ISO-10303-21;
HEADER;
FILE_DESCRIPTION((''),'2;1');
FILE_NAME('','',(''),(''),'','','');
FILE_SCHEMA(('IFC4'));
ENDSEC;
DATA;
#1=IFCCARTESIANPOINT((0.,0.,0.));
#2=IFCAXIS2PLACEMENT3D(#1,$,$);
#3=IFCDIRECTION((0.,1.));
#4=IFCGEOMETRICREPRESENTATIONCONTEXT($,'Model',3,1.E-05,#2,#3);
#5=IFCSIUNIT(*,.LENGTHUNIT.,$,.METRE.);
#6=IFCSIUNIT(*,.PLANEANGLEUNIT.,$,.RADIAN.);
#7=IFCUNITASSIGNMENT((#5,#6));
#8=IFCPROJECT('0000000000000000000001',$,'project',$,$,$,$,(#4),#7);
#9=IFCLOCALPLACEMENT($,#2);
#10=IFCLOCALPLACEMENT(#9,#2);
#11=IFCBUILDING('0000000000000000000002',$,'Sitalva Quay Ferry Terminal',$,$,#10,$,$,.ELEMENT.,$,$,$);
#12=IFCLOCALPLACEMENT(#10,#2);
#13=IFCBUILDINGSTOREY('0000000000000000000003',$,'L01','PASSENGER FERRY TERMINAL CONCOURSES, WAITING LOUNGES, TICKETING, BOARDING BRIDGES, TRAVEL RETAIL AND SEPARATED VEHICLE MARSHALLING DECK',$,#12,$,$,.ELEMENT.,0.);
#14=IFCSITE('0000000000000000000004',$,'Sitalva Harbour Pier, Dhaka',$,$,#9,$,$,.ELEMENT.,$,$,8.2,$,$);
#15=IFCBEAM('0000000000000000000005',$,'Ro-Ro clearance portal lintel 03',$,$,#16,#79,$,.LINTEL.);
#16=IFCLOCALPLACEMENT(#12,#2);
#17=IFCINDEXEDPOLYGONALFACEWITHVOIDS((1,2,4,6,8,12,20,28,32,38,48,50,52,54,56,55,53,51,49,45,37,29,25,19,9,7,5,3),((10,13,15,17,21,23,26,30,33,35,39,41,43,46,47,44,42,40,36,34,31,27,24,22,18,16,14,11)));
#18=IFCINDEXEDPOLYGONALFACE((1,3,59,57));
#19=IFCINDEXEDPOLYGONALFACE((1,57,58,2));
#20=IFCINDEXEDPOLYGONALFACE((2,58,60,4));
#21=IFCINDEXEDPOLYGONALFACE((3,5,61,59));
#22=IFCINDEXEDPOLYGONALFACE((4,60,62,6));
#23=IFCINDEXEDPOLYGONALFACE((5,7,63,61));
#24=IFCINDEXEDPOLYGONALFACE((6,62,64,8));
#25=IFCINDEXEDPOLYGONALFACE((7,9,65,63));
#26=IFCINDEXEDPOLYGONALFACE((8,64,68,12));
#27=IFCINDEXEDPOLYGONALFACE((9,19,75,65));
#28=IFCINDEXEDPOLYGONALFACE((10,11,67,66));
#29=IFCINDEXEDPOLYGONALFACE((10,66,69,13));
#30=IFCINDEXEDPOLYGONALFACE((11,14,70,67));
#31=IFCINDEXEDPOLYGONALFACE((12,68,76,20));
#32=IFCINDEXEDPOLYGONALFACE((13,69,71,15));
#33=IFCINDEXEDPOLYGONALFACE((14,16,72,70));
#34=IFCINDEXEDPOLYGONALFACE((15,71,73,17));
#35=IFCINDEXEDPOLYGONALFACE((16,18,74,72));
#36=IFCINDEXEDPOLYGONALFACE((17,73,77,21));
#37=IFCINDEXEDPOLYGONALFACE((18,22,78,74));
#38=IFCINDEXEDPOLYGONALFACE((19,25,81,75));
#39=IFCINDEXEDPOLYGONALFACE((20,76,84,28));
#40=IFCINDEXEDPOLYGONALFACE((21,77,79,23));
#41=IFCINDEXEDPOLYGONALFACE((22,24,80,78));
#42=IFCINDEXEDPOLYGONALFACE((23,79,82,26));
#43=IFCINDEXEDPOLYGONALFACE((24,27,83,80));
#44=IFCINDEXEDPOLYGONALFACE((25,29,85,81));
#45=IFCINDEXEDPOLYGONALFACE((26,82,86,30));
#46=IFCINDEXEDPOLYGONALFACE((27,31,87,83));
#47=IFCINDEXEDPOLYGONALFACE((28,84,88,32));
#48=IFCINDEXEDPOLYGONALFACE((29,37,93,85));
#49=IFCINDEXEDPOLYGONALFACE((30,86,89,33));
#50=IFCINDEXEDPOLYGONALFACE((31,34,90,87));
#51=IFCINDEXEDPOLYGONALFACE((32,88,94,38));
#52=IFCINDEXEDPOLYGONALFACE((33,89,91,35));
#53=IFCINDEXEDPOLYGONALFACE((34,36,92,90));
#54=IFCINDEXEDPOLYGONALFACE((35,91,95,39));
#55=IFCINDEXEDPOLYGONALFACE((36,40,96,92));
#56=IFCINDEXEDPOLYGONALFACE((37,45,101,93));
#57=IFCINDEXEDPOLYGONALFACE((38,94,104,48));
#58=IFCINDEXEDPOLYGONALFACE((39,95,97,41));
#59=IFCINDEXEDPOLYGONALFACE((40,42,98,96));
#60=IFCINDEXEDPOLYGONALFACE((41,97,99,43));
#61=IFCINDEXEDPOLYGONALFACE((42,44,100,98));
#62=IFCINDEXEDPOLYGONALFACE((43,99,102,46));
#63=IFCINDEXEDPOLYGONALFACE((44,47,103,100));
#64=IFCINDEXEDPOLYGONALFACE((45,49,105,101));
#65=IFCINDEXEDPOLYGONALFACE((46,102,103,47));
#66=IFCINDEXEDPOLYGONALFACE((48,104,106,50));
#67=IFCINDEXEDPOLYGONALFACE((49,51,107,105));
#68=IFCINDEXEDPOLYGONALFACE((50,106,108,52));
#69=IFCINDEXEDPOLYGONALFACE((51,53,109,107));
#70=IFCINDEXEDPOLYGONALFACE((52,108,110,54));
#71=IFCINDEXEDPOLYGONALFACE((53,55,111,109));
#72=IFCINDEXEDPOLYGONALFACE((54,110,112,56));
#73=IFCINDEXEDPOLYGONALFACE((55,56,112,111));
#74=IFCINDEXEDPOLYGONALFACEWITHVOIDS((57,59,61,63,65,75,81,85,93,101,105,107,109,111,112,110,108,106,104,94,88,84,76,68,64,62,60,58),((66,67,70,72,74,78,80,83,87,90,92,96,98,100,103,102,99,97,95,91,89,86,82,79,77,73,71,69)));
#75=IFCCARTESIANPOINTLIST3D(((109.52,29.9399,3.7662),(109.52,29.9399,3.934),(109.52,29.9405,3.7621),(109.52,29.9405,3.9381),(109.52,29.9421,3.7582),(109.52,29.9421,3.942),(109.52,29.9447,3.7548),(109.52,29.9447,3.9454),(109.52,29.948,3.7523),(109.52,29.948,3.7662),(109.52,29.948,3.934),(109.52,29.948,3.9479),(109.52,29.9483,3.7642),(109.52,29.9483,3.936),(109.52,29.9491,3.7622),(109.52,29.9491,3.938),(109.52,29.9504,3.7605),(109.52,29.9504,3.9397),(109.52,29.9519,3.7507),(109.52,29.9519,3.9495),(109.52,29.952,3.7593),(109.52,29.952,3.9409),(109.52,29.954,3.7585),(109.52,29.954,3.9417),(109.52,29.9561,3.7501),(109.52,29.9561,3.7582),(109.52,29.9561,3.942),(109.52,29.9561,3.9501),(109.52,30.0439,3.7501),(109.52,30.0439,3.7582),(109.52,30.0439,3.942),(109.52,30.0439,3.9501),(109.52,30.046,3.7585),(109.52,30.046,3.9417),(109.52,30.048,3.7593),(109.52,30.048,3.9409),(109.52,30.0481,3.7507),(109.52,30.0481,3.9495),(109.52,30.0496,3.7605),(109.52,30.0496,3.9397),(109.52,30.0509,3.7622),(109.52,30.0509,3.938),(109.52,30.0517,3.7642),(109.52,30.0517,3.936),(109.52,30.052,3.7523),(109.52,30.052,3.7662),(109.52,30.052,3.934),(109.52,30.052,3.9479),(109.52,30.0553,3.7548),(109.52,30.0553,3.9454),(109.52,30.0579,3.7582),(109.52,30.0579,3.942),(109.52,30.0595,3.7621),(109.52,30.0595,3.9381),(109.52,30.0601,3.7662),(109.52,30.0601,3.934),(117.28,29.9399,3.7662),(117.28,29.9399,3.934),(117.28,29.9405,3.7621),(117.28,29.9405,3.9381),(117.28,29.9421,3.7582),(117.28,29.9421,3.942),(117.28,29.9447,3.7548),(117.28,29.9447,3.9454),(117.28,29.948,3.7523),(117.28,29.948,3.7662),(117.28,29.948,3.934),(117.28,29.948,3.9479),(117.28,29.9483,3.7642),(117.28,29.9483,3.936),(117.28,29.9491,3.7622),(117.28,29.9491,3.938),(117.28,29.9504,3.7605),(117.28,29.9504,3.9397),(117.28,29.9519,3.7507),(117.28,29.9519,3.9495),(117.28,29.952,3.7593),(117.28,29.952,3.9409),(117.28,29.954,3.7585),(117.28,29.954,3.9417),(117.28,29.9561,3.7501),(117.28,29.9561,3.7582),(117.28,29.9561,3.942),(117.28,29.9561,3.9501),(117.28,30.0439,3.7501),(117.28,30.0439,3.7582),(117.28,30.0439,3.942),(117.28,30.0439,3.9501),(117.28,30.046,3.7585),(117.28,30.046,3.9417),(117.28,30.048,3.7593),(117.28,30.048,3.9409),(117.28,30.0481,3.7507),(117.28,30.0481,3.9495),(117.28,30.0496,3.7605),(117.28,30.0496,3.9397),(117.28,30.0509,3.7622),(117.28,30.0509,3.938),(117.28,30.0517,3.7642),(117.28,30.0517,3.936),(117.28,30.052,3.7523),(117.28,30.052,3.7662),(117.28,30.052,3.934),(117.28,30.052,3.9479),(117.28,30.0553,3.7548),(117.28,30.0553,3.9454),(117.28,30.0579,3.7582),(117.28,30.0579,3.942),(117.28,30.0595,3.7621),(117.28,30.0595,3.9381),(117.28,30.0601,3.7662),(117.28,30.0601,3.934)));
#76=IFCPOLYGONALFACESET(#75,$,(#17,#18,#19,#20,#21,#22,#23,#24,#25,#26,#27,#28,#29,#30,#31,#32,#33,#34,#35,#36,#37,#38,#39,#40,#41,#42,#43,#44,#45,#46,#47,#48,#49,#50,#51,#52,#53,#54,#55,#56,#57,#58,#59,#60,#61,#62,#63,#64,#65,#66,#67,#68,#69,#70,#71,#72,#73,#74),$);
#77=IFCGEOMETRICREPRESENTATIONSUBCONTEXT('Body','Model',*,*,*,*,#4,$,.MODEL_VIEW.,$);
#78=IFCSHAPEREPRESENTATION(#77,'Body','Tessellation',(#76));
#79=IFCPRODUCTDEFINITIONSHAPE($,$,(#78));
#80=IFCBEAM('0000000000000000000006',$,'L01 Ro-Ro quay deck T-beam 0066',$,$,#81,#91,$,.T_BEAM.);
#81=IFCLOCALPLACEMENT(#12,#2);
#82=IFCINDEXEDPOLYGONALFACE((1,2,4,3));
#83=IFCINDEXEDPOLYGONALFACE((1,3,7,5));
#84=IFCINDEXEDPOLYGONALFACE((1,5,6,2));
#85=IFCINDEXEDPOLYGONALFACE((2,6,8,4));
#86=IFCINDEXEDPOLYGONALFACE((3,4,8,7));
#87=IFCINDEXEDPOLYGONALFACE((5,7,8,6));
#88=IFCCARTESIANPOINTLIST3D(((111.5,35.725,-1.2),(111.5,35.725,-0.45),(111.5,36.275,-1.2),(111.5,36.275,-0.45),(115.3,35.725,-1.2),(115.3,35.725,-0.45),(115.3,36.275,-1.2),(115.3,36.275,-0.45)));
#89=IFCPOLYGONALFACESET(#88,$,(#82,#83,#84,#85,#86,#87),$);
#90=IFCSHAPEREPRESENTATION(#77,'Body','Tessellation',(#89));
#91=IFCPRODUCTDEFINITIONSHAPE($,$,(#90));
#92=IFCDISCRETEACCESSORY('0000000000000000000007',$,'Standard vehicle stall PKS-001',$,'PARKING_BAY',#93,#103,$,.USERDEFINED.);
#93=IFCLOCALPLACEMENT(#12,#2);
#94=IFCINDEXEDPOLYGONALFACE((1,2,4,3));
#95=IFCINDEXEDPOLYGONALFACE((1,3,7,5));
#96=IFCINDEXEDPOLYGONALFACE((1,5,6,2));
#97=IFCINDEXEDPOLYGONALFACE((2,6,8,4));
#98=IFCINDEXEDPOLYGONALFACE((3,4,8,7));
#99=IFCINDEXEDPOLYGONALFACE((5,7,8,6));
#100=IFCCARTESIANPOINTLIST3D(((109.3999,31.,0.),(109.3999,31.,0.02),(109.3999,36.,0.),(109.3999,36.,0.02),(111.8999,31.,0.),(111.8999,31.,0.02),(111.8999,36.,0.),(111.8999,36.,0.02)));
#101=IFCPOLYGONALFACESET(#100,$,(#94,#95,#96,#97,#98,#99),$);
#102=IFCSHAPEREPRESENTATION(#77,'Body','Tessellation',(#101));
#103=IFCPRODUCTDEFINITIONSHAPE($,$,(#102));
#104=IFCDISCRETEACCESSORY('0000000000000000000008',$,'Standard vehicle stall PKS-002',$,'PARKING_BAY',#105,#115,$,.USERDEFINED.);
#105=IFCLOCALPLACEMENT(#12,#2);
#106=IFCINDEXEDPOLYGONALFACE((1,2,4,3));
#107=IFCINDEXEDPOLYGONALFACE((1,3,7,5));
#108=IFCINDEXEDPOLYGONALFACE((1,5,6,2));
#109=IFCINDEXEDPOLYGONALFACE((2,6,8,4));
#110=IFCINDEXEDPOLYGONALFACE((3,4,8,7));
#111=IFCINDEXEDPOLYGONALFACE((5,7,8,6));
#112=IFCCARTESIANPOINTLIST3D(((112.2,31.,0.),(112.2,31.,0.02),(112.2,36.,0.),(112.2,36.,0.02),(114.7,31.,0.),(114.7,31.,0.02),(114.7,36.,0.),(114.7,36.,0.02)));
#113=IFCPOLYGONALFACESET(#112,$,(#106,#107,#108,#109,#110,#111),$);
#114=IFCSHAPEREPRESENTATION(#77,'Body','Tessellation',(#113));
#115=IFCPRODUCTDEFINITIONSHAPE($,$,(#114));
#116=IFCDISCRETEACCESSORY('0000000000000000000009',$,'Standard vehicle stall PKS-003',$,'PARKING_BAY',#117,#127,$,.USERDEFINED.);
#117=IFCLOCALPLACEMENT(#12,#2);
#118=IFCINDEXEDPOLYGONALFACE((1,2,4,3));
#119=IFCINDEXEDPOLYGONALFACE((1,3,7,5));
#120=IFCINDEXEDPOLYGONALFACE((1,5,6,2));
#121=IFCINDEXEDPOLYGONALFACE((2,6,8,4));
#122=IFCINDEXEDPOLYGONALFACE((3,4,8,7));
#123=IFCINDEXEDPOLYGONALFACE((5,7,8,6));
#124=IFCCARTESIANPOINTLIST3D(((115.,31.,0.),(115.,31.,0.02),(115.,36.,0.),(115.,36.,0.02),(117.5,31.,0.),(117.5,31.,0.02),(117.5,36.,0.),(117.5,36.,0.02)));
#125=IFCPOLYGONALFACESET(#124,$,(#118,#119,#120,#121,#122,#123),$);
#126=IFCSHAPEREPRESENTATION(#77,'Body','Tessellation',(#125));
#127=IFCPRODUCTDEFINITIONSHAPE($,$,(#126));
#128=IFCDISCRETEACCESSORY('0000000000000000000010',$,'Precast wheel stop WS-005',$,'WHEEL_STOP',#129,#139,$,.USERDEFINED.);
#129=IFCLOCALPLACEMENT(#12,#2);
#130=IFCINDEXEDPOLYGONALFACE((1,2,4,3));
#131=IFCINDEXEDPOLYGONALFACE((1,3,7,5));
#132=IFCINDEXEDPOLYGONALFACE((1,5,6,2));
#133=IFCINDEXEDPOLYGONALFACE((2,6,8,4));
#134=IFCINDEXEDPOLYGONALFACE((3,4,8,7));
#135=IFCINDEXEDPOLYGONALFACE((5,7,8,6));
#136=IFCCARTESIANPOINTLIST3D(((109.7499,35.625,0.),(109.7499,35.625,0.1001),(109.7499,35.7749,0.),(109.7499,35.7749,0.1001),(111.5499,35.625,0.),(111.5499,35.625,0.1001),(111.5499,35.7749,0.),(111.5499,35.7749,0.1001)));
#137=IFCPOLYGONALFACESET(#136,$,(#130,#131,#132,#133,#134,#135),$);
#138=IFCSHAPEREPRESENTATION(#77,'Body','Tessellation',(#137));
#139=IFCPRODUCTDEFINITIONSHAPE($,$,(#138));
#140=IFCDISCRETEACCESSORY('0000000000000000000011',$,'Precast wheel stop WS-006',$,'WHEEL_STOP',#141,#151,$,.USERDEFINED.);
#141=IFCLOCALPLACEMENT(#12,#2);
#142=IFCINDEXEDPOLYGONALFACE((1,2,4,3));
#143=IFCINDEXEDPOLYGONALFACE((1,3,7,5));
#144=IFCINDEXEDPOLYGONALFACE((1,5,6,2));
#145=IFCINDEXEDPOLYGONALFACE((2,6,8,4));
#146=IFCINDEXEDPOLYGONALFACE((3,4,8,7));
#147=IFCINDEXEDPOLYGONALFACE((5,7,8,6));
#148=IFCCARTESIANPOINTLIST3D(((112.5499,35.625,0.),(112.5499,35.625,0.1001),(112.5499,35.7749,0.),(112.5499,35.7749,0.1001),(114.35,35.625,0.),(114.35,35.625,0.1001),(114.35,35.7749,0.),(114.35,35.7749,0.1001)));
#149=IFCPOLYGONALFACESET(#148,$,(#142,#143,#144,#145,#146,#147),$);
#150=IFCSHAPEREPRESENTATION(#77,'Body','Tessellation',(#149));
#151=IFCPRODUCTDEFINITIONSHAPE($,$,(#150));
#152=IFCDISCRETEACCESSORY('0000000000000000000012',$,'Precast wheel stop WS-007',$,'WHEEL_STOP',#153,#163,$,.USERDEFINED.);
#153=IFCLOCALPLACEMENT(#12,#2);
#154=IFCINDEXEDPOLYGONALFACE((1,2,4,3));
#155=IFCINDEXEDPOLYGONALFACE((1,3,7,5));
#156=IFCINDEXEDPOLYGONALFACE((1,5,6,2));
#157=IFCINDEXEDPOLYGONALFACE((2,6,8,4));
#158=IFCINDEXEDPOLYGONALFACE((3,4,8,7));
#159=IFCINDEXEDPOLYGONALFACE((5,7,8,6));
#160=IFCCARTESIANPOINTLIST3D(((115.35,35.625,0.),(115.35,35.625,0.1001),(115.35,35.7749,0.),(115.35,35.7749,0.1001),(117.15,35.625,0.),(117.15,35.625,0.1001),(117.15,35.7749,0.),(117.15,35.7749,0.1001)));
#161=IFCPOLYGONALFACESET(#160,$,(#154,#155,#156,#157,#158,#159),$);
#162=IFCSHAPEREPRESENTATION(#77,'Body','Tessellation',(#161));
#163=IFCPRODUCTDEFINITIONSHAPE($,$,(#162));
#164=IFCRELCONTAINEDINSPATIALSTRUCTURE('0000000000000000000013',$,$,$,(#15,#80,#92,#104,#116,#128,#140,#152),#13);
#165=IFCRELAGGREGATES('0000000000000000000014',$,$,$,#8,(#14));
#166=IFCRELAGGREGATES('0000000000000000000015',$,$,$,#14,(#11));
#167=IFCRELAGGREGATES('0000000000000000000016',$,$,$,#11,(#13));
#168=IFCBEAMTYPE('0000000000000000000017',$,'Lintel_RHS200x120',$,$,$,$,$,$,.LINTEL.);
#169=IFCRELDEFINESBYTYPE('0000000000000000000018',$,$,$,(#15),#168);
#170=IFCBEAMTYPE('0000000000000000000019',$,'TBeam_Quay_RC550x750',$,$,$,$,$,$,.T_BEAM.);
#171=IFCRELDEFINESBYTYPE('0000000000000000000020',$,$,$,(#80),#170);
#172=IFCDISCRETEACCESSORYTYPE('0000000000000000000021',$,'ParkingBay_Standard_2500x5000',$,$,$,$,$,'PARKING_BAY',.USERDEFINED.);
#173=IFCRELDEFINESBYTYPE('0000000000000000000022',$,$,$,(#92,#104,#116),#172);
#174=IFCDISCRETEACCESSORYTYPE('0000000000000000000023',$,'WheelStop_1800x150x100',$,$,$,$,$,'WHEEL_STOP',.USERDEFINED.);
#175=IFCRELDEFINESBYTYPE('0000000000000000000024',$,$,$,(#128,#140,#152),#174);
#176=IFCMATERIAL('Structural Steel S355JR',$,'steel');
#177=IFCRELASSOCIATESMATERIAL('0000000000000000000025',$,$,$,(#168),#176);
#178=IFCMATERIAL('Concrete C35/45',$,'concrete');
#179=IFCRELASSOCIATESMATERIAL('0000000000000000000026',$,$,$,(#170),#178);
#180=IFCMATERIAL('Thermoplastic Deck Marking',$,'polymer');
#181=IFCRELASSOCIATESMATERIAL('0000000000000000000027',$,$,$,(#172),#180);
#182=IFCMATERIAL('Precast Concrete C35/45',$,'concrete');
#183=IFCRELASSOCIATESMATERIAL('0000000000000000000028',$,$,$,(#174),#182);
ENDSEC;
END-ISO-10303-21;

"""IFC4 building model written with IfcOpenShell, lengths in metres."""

from ifc_helpers import new_model, si_unit, direction, frame, origin, origin_2d, place, context, subcontext, project, spatial, rectangle, hollow_rectangle, extrude, material, material_profile, profile_set, type_object, element, save


model = new_model("IFC4")

# Units and contexts
model_context = context("Model", 3, precision=1e-05, world=origin(), true_north=direction((0.0, 1.0)))
body_context = subcontext(model_context, "Body", "Model", "MODEL_VIEW")
ifc_project = project(units=[si_unit("LENGTHUNIT", "METRE"), si_unit("PLANEANGLEUNIT", "RADIAN")], contexts=[model_context])

# Site, building, storey
site_placement = place(None, origin())
site = spatial("IfcSite", under=ifc_project, at=site_placement, Name="Sitalva Harbour Pier, Dhaka", CompositionType="ELEMENT", RefElevation=8.2)
building_placement = place(site_placement, origin())
building = spatial("IfcBuilding", under=site, at=building_placement, Name="Sitalva Quay Ferry Terminal", CompositionType="ELEMENT")
storey_placement = place(building_placement, origin())
storey = spatial("IfcBuildingStorey", under=building, at=storey_placement, Name="L01", Description="PASSENGER FERRY TERMINAL CONCOURSES, WAITING LOUNGES, TICKETING, BOARDING BRIDGES, TRAVEL RETAIL AND SEPARATED VEHICLE MARSHALLING DECK", CompositionType="ELEMENT", Elevation=0.0)

# Beams
ifc_material_1 = material(Name="Structural Steel S355JR", Category="steel")
ifc_material_profile_1 = material_profile(ifc_material_1, hollow_rectangle(XDim=0.1201, YDim=0.2, WallThickness=0.0081, InnerFilletRadius=0.0081, OuterFilletRadius=0.0161, at=origin_2d()), Name="RHS200x120x8")
ifc_profile_set_1 = profile_set([ifc_material_profile_1], Name="Structural Steel S355JR")
beam_type_1 = type_object("IfcBeamType", Name="Lintel_RHS200x120", PredefinedType="LINTEL", material=ifc_profile_set_1)
beam_1_placement = place(storey_placement, frame((109.52, 30.0, 3.8501), z_axis=(1.0, 0.0, 0.0), x_axis=(0.0, 1.0, 0.0)))
element("IfcBeam", 1, at=beam_1_placement, inside=storey, type_object=beam_type_1, Name="Ro-Ro clearance portal lintel 03", PredefinedType="LINTEL", context=body_context, shape_type="SweptSolid", body=[
    extrude(hollow_rectangle(XDim=0.1201, YDim=0.2, WallThickness=0.0081, InnerFilletRadius=0.0081, OuterFilletRadius=0.0161, at=origin_2d()), origin(), (0.0, 0.0, 1.0), 7.76),
])
ifc_material_2 = material(Name="Concrete C35/45", Category="concrete")
ifc_material_profile_2 = material_profile(ifc_material_2, rectangle(XDim=0.55, YDim=0.75, at=origin_2d()), Name="RC550x750")
ifc_profile_set_2 = profile_set([ifc_material_profile_2], Name="Concrete C35/45")
beam_type_2 = type_object("IfcBeamType", Name="TBeam_Quay_RC550x750", PredefinedType="T_BEAM", material=ifc_profile_set_2)
beam_2_placement = place(storey_placement, frame((111.5, 36.0, -0.825), z_axis=(1.0, 0.0, 0.0), x_axis=(0.0, 1.0, 0.0)))
element("IfcBeam", 2, at=beam_2_placement, inside=storey, type_object=beam_type_2, Name="L01 Ro-Ro quay deck T-beam 0066", PredefinedType="T_BEAM", context=body_context, shape_type="SweptSolid", body=[
    extrude(rectangle(XDim=0.55, YDim=0.75, at=origin_2d()), origin(), (0.0, 0.0, 1.0), 3.8),
])

# Discrete accessories
ifc_material_3 = material(Name="Thermoplastic Deck Marking", Category="polymer")
discrete_accessory_type_1 = type_object("IfcDiscreteAccessoryType", Name="ParkingBay_Standard_2500x5000", ElementType="PARKING_BAY", PredefinedType="USERDEFINED", material=ifc_material_3)
for number, where, z_axis, x_axis, name in (
    (3, (110.6499, 33.5, 0.0), (0.0, 0.0, 1.0), (1.0, 0.0, 0.0), "Standard vehicle stall PKS-001"),
    (4, (113.45, 33.5, 0.0), (0.0, 0.0, 1.0), (1.0, 0.0, 0.0), "Standard vehicle stall PKS-002"),
    (5, (116.25, 33.5, 0.0), (0.0, 0.0, 1.0), (1.0, 0.0, 0.0), "Standard vehicle stall PKS-003"),
):
    element("IfcDiscreteAccessory", number, at=place(storey_placement, frame(where, z_axis=z_axis, x_axis=x_axis)), inside=storey, type_object=discrete_accessory_type_1, Name=name, ObjectType="PARKING_BAY", PredefinedType="USERDEFINED", context=body_context, shape_type="SweptSolid", body=[
        extrude(rectangle(XDim=2.5, YDim=5.0, at=origin_2d()), origin(), (0.0, 0.0, 1.0), 0.02),
    ])
ifc_material_4 = material(Name="Precast Concrete C35/45", Category="concrete")
discrete_accessory_type_2 = type_object("IfcDiscreteAccessoryType", Name="WheelStop_1800x150x100", ElementType="WHEEL_STOP", PredefinedType="USERDEFINED", material=ifc_material_4)
for number, where, z_axis, x_axis, name in (
    (6, (110.6499, 35.7, 0.0), (0.0, 0.0, 1.0), (1.0, 0.0, 0.0), "Precast wheel stop WS-005"),
    (7, (113.45, 35.7, 0.0), (0.0, 0.0, 1.0), (1.0, 0.0, 0.0), "Precast wheel stop WS-006"),
    (8, (116.25, 35.7, 0.0), (0.0, 0.0, 1.0), (1.0, 0.0, 0.0), "Precast wheel stop WS-007"),
):
    element("IfcDiscreteAccessory", number, at=place(storey_placement, frame(where, z_axis=z_axis, x_axis=x_axis)), inside=storey, type_object=discrete_accessory_type_2, Name=name, ObjectType="WHEEL_STOP", PredefinedType="USERDEFINED", context=body_context, shape_type="SweptSolid", body=[
        extrude(rectangle(XDim=1.8, YDim=0.1499, at=origin_2d()), origin(), (0.0, 0.0, 1.0), 0.1001),
    ])

save(model, "model.ifc")
